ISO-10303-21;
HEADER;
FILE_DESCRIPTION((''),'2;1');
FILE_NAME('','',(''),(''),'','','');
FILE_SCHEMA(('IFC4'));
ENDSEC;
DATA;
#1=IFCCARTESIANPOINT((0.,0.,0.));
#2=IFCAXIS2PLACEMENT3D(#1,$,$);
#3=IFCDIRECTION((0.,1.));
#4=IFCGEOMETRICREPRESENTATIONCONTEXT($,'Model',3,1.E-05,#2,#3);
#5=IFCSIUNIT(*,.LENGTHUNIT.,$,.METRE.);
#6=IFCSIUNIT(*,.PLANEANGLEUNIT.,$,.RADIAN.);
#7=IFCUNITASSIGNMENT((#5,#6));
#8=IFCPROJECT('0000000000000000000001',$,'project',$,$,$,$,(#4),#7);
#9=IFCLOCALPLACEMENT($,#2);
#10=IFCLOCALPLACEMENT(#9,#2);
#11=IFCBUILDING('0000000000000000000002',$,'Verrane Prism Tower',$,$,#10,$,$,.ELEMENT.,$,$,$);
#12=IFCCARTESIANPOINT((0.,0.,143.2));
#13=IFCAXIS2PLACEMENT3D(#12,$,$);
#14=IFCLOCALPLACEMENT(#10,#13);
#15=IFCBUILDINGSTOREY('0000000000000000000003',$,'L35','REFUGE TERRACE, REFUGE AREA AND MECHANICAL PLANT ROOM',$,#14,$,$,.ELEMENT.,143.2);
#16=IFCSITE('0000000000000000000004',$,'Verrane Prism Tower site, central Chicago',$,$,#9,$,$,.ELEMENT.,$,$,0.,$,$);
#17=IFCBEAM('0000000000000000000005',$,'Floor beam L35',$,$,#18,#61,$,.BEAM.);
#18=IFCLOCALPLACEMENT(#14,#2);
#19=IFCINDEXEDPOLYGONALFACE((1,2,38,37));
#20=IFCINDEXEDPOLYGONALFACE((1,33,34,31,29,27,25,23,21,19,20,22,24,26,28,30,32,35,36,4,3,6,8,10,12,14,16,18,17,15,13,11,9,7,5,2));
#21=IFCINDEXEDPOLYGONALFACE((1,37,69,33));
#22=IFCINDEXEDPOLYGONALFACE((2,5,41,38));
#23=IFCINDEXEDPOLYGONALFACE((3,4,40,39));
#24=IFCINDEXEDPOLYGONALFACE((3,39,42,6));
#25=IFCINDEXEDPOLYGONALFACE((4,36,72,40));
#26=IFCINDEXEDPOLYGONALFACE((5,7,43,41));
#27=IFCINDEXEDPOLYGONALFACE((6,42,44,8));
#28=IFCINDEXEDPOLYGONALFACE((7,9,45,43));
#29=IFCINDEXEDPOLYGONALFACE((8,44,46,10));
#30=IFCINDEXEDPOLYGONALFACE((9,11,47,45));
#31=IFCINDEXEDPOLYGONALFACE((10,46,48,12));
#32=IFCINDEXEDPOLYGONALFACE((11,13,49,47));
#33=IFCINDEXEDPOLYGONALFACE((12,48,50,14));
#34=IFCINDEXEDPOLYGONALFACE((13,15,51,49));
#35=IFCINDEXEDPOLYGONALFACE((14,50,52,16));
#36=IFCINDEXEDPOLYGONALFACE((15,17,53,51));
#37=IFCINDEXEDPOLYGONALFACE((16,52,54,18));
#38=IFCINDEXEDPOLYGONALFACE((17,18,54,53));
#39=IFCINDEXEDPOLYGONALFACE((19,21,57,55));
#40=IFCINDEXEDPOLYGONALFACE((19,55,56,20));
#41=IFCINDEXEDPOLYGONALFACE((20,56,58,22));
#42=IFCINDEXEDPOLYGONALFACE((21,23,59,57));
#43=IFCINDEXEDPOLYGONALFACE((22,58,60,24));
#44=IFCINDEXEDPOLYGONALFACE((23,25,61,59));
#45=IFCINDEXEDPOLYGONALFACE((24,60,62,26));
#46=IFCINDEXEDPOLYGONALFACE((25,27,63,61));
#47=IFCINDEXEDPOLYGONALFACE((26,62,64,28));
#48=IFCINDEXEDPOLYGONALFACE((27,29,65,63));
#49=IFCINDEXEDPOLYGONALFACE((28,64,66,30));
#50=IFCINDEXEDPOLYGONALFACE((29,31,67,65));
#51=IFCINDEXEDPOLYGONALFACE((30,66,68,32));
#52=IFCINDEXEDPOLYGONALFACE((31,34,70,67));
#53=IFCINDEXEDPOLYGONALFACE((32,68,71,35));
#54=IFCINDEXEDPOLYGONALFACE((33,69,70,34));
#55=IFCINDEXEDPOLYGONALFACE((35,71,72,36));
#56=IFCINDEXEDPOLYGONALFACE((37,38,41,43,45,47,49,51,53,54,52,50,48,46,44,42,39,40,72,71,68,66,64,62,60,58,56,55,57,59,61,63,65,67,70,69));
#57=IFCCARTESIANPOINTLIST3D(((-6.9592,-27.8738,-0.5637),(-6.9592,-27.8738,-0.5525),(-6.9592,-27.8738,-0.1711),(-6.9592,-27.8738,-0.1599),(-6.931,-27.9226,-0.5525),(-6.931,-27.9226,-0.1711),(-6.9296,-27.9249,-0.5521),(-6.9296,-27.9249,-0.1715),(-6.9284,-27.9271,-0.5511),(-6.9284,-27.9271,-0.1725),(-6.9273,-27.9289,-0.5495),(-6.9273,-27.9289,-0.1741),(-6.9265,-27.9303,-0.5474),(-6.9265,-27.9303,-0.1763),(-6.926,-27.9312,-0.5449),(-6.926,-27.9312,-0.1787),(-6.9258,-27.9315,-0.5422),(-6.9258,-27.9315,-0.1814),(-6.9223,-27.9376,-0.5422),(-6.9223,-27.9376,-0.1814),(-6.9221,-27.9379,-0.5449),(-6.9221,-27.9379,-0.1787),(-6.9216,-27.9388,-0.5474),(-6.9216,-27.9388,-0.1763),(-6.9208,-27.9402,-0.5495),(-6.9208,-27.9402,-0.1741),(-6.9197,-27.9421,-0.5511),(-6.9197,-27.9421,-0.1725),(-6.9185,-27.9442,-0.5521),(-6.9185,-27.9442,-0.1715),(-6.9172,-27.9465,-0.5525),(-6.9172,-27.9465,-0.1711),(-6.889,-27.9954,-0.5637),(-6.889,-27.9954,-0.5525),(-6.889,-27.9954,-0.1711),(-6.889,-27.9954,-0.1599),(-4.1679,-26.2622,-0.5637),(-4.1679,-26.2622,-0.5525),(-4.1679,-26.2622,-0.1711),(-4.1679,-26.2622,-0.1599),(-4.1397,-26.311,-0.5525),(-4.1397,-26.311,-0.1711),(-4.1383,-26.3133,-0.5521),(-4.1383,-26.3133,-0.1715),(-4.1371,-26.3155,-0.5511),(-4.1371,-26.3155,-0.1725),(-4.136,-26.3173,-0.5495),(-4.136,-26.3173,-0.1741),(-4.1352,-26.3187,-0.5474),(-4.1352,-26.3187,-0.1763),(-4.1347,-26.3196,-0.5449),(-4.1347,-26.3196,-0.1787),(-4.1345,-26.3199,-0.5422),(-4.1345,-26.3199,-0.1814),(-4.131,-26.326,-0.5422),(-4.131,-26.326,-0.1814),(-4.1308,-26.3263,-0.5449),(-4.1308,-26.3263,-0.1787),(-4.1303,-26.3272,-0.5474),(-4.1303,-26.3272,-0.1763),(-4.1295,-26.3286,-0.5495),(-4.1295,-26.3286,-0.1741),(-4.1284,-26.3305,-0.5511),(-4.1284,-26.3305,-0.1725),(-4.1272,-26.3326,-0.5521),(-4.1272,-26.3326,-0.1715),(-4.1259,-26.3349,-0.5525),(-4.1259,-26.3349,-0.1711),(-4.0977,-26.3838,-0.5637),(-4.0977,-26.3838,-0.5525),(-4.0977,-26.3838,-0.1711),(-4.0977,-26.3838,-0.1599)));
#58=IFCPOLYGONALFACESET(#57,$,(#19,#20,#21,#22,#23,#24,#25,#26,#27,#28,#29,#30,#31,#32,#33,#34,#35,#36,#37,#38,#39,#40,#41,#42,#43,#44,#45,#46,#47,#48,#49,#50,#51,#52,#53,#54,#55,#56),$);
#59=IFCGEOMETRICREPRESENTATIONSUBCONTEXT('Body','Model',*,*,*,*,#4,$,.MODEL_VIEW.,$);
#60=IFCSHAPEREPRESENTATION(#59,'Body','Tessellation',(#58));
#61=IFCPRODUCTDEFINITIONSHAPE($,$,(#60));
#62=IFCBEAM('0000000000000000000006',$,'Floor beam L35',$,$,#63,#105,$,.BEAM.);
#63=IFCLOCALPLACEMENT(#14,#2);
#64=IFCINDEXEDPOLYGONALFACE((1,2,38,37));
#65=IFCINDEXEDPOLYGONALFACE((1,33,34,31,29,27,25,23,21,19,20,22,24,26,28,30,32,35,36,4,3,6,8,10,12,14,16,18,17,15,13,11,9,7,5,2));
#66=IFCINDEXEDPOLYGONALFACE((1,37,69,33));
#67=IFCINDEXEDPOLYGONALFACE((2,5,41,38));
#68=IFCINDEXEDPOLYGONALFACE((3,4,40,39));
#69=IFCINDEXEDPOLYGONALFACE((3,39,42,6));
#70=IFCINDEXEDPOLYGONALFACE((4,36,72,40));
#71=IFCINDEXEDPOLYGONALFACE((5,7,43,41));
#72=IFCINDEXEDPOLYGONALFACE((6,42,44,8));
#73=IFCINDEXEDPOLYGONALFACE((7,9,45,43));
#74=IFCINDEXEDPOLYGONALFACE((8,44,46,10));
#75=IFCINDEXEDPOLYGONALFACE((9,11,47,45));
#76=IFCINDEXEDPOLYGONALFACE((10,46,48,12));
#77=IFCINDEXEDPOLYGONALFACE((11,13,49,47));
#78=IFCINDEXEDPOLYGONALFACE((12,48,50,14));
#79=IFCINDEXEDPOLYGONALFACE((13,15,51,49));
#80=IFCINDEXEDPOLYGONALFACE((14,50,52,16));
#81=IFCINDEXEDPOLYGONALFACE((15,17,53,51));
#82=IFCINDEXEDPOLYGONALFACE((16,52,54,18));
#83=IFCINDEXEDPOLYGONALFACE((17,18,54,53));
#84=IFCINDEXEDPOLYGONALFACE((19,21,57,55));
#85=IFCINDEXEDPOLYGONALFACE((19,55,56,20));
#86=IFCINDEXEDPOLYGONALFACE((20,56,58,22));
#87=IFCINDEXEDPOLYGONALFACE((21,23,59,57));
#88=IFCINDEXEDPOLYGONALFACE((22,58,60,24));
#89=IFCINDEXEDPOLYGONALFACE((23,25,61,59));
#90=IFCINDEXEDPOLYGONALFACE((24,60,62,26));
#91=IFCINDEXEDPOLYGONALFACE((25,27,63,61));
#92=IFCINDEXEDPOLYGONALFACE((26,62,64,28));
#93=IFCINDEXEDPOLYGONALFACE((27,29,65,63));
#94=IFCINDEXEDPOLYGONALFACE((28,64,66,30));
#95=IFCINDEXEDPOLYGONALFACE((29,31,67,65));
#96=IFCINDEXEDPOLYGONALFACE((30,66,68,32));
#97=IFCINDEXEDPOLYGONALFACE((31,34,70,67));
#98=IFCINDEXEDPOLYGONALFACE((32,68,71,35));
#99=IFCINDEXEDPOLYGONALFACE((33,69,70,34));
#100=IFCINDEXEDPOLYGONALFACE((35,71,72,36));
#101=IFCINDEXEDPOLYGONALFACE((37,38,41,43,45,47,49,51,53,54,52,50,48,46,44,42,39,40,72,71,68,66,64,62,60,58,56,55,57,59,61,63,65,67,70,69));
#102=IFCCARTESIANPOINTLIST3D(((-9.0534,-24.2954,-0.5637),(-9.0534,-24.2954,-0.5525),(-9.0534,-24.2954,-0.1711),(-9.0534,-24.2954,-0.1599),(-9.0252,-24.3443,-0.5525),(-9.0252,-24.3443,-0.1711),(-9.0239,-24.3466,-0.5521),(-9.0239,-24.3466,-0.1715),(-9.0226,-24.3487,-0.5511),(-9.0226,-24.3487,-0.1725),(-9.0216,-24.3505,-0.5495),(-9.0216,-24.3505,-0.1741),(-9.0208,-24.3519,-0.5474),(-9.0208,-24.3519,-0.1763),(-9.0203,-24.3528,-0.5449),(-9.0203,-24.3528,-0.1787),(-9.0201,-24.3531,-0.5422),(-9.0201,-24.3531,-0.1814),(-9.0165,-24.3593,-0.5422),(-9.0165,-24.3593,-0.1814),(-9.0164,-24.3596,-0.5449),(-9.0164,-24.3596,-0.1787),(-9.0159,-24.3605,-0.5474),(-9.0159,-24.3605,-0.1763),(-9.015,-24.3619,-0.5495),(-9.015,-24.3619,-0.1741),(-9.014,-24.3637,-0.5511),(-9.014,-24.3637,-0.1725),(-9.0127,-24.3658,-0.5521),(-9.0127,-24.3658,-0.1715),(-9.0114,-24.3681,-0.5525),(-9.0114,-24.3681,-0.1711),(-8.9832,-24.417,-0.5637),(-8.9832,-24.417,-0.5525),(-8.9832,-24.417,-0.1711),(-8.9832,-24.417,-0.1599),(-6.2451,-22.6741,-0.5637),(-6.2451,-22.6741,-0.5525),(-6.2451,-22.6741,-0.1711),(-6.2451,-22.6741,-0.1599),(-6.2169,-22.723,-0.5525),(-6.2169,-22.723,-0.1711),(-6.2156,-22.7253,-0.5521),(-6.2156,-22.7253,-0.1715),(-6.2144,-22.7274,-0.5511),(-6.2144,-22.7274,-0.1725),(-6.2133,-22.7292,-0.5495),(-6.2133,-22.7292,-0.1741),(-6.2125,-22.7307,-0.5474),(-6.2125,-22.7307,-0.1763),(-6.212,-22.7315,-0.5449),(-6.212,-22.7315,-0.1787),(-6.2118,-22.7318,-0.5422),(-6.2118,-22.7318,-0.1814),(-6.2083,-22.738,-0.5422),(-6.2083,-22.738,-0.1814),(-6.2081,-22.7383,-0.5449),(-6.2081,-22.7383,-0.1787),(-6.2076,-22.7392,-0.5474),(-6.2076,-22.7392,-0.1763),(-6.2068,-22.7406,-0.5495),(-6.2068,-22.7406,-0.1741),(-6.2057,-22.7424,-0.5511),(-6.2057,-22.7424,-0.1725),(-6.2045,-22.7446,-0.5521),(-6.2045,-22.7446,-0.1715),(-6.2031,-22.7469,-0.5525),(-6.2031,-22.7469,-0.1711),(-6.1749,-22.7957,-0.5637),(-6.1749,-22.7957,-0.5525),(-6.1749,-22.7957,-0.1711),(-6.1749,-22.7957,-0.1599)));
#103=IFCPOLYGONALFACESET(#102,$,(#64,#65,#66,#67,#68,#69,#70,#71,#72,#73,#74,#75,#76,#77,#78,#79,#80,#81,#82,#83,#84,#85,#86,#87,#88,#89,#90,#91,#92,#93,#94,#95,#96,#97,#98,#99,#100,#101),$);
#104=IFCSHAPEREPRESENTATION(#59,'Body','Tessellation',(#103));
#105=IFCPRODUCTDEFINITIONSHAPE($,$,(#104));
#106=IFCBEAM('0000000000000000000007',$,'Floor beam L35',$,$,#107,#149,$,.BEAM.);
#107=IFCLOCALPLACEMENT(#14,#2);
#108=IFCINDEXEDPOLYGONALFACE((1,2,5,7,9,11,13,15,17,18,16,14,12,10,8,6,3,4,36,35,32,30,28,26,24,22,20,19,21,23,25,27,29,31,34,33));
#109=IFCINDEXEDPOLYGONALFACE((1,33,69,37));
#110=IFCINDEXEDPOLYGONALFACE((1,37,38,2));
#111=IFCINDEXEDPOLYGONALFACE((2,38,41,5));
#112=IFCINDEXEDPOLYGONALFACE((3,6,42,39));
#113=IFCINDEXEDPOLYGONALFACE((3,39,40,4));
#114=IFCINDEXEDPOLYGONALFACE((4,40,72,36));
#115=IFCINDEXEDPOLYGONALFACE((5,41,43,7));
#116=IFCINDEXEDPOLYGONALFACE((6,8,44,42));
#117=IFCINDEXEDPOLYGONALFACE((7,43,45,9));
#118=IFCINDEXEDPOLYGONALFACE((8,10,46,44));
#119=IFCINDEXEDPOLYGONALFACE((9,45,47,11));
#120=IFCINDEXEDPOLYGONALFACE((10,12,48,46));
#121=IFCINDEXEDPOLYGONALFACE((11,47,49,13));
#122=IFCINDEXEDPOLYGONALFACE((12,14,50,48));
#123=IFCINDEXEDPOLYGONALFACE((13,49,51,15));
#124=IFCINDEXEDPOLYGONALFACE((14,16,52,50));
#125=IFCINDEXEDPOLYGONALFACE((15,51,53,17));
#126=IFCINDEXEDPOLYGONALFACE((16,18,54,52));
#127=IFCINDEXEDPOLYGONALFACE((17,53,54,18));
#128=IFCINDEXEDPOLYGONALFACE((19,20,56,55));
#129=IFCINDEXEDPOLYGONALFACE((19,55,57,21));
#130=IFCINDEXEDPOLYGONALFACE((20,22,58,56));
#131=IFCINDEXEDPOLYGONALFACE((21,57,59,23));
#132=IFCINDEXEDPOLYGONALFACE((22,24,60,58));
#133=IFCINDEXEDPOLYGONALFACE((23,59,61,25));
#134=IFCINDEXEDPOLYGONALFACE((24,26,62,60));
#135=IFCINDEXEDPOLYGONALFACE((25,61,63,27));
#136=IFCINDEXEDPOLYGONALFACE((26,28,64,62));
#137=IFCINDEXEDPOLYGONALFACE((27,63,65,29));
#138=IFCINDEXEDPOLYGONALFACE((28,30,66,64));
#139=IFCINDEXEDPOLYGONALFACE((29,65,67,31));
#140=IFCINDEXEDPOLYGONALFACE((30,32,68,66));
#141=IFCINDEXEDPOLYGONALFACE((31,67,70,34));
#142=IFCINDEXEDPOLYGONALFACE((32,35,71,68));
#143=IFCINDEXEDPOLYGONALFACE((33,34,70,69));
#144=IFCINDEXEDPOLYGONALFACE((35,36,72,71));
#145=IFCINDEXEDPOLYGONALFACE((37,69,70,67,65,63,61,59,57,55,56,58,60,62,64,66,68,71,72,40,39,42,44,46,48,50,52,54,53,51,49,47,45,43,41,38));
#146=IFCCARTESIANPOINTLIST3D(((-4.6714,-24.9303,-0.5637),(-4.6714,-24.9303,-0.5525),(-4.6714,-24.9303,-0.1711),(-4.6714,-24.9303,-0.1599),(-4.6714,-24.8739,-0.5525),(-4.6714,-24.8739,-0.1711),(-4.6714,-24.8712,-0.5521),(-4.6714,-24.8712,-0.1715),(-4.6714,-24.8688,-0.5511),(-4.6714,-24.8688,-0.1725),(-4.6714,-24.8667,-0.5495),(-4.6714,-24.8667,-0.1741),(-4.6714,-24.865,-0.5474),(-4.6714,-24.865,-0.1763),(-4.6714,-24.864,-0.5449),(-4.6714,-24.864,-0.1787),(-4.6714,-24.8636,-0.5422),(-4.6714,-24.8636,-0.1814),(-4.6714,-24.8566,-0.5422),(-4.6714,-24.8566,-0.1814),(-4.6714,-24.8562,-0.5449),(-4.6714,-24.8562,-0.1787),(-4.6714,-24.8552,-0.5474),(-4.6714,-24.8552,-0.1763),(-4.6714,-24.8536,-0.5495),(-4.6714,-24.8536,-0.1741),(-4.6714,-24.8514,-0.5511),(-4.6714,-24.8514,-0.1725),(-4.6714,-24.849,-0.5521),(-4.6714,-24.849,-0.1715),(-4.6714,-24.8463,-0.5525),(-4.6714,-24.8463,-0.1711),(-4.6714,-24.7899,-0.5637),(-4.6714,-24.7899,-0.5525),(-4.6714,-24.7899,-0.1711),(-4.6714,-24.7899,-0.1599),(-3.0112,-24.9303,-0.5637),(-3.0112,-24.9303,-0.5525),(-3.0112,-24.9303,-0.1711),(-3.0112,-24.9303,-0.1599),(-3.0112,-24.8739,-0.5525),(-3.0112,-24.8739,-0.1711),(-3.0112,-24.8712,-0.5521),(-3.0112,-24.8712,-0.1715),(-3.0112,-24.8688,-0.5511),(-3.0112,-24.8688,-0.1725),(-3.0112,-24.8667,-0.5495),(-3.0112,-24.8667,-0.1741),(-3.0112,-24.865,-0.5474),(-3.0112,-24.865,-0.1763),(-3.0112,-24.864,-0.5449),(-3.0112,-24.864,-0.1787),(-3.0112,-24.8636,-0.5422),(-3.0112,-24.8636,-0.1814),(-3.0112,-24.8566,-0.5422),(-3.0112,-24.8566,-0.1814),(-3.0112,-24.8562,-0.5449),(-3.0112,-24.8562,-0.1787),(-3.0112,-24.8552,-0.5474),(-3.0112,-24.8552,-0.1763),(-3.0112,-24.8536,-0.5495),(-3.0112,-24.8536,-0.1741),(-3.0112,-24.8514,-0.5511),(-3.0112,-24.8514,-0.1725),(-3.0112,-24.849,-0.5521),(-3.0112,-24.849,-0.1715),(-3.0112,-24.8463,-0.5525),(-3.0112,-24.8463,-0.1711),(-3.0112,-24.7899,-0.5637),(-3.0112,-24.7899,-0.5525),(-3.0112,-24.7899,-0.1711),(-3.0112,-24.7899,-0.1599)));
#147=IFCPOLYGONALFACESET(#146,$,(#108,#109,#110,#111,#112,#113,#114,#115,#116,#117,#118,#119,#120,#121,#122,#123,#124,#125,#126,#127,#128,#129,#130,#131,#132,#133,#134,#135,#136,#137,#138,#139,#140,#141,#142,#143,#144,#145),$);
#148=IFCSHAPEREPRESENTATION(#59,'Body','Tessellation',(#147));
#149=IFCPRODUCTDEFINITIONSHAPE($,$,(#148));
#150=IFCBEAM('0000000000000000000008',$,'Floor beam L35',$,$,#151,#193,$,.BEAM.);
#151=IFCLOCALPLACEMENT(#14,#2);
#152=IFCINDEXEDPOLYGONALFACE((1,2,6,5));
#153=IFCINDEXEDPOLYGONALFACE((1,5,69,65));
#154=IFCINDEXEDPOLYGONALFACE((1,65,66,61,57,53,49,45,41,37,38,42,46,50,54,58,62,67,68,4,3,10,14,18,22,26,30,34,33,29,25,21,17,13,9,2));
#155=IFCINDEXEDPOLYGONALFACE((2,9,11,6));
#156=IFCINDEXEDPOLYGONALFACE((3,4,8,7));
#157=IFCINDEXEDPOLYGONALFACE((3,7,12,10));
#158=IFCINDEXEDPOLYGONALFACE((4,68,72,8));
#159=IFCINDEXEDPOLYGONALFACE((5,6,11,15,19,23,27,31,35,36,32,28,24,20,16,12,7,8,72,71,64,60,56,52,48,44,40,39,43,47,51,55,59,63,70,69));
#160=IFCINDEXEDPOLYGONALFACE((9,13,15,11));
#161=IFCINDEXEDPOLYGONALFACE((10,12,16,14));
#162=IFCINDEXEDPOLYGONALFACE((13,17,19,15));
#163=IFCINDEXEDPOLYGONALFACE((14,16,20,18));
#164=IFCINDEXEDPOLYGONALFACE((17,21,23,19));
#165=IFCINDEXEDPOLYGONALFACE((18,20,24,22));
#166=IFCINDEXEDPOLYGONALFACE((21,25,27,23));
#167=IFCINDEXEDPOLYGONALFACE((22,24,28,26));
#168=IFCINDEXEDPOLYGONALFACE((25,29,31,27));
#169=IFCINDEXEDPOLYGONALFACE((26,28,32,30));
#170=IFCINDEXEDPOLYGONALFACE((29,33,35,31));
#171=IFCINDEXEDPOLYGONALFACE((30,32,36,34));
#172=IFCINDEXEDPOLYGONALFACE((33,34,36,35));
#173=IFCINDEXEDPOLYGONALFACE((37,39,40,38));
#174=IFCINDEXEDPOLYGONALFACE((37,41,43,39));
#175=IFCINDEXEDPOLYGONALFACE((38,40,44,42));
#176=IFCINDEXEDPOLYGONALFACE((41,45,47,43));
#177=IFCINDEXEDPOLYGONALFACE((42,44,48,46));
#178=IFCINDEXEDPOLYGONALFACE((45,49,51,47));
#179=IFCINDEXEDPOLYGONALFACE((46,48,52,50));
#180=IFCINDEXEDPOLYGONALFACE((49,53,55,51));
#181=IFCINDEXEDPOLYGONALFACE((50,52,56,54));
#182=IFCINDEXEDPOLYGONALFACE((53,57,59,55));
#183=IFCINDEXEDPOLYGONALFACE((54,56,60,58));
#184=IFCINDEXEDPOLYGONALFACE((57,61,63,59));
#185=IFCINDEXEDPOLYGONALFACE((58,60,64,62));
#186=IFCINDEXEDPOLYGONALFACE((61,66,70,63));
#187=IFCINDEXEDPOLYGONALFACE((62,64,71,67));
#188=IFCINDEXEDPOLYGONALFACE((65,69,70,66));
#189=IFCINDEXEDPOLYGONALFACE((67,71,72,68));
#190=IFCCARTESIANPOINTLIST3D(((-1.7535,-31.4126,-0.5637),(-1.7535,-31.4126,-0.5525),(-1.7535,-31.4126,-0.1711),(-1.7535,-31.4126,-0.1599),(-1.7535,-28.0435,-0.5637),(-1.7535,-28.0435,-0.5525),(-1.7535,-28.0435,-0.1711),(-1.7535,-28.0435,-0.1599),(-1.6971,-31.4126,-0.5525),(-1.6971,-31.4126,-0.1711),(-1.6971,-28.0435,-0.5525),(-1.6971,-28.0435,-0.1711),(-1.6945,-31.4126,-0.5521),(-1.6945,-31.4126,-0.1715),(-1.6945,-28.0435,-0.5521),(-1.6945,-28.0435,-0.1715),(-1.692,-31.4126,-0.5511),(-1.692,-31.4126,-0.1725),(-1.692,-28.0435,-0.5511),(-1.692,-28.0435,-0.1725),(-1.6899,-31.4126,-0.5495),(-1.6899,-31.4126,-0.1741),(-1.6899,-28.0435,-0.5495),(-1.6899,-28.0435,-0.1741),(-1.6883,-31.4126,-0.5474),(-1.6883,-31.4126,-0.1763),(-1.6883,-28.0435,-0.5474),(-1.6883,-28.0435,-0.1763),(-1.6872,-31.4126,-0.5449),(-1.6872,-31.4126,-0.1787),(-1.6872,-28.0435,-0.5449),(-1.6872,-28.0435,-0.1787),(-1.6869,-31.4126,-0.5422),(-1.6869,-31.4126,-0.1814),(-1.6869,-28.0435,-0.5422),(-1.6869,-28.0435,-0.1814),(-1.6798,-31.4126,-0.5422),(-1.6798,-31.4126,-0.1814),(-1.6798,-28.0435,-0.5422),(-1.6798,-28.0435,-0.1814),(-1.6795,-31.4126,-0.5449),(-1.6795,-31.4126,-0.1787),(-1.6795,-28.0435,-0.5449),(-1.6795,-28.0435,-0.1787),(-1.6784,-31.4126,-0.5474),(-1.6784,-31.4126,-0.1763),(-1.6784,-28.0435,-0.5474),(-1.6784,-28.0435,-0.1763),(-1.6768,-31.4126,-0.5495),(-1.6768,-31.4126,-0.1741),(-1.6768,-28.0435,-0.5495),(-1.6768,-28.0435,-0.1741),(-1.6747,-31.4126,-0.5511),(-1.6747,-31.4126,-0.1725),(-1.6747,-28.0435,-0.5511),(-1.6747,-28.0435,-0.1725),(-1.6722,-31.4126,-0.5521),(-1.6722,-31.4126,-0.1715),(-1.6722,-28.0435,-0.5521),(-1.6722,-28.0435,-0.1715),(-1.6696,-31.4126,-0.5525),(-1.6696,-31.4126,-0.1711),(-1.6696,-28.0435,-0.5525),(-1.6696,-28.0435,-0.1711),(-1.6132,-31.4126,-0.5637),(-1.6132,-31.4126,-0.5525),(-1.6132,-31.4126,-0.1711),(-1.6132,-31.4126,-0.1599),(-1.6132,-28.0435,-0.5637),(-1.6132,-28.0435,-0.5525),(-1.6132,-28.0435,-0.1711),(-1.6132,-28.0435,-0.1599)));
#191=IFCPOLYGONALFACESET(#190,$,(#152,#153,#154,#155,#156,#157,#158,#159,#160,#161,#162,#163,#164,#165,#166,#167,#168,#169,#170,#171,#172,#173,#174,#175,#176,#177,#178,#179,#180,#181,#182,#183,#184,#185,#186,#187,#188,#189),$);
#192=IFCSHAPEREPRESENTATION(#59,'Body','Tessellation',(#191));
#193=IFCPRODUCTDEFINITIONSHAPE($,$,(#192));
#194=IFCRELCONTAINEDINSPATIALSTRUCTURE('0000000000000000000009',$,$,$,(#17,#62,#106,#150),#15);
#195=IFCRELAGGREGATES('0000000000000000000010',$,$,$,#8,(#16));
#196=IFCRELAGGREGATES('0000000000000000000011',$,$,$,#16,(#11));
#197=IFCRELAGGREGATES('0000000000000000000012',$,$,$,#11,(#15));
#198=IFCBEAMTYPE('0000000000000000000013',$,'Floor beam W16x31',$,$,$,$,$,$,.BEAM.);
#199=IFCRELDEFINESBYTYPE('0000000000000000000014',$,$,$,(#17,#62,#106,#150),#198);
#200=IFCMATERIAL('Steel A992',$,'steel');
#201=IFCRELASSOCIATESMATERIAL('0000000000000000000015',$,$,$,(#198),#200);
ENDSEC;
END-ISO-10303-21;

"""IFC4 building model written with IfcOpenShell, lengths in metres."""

from ifc_helpers import new_model, si_unit, direction, frame, origin, origin_2d, place, context, subcontext, project, spatial, i_section, extrude, material, material_profile, profile_set, type_object, element, save


model = new_model("IFC4")

# Units and contexts
model_context = context("Model", 3, precision=1e-05, world=origin(), true_north=direction((0.0, 1.0)))
body_context = subcontext(model_context, "Body", "Model", "MODEL_VIEW")
ifc_project = project(units=[si_unit("LENGTHUNIT", "METRE"), si_unit("PLANEANGLEUNIT", "RADIAN")], contexts=[model_context])

# Site, building, storey
site_placement = place(None, origin())
site = spatial("IfcSite", under=ifc_project, at=site_placement, Name="Verrane Prism Tower site, central Chicago", CompositionType="ELEMENT", RefElevation=0.0)
building_placement = place(site_placement, origin())
building = spatial("IfcBuilding", under=site, at=building_placement, Name="Verrane Prism Tower", CompositionType="ELEMENT")
storey_placement = place(building_placement, frame((0.0, 0.0, 143.2)))
storey = spatial("IfcBuildingStorey", under=building, at=storey_placement, Name="L35", Description="REFUGE TERRACE, REFUGE AREA AND MECHANICAL PLANT ROOM", CompositionType="ELEMENT", Elevation=143.2)

# Beams
ifc_material_1 = material(Name="Steel A992", Category="steel")
ifc_material_profile_1 = material_profile(ifc_material_1, i_section(OverallWidth=0.1404, OverallDepth=0.4038, WebThickness=0.0071, FlangeThickness=0.0112, FilletRadius=0.0103, at=origin_2d()), Name="W16x31")
ifc_profile_set_1 = profile_set([ifc_material_profile_1], Name="Steel A992")
beam_type_1 = type_object("IfcBeamType", Name="Floor beam W16x31", PredefinedType="BEAM", material=ifc_profile_set_1)
beam_1_placement = place(storey_placement, frame((-6.9241, -27.9346, -0.3618), z_axis=(0.86602, 0.500009, 0.0), x_axis=(-0.500009, 0.86602, 0.0)))
element("IfcBeam", 1, at=beam_1_placement, inside=storey, type_object=beam_type_1, Name="Floor beam L35", PredefinedType="BEAM", context=body_context, shape_type="SweptSolid", body=[
    extrude(i_section(OverallWidth=0.1404, OverallDepth=0.4038, WebThickness=0.0071, FlangeThickness=0.0112, FilletRadius=0.0103, at=origin_2d()), origin(), (0.0, 0.0, 1.0), 3.2231),
])
beam_2_placement = place(storey_placement, frame((-9.0183, -24.3562, -0.3618), z_axis=(0.866034, 0.499985, 0.0), x_axis=(-0.499985, 0.866034, 0.0)))
element("IfcBeam", 2, at=beam_2_placement, inside=storey, type_object=beam_type_1, Name="Floor beam L35", PredefinedType="BEAM", context=body_context, shape_type="SweptSolid", body=[
    extrude(i_section(OverallWidth=0.1404, OverallDepth=0.4038, WebThickness=0.0071, FlangeThickness=0.0112, FilletRadius=0.0103, at=origin_2d()), origin(), (0.0, 0.0, 1.0), 3.2427),
])
beam_3_placement = place(storey_placement, frame((-4.6714, -24.8601, -0.3618), z_axis=(1.0, 0.0, 0.0), x_axis=(0.0, 1.0, 0.0)))
element("IfcBeam", 3, at=beam_3_placement, inside=storey, type_object=beam_type_1, Name="Floor beam L35", PredefinedType="BEAM", context=body_context, shape_type="SweptSolid", body=[
    extrude(i_section(OverallWidth=0.1404, OverallDepth=0.4038, WebThickness=0.0071, FlangeThickness=0.0112, FilletRadius=0.0103, at=origin_2d()), origin(), (0.0, 0.0, 1.0), 1.6602),
])
beam_4_placement = place(storey_placement, frame((-1.6833, -31.4126, -0.3618), z_axis=(0.0, 1.0, 0.0), x_axis=(-1.0, 0.0, 0.0)))
element("IfcBeam", 4, at=beam_4_placement, inside=storey, type_object=beam_type_1, Name="Floor beam L35", PredefinedType="BEAM", context=body_context, shape_type="SweptSolid", body=[
    extrude(i_section(OverallWidth=0.1404, OverallDepth=0.4038, WebThickness=0.0071, FlangeThickness=0.0112, FilletRadius=0.0103, at=origin_2d()), origin(), (0.0, 0.0, 1.0), 3.3691),
])

save(model, "model.ifc")
